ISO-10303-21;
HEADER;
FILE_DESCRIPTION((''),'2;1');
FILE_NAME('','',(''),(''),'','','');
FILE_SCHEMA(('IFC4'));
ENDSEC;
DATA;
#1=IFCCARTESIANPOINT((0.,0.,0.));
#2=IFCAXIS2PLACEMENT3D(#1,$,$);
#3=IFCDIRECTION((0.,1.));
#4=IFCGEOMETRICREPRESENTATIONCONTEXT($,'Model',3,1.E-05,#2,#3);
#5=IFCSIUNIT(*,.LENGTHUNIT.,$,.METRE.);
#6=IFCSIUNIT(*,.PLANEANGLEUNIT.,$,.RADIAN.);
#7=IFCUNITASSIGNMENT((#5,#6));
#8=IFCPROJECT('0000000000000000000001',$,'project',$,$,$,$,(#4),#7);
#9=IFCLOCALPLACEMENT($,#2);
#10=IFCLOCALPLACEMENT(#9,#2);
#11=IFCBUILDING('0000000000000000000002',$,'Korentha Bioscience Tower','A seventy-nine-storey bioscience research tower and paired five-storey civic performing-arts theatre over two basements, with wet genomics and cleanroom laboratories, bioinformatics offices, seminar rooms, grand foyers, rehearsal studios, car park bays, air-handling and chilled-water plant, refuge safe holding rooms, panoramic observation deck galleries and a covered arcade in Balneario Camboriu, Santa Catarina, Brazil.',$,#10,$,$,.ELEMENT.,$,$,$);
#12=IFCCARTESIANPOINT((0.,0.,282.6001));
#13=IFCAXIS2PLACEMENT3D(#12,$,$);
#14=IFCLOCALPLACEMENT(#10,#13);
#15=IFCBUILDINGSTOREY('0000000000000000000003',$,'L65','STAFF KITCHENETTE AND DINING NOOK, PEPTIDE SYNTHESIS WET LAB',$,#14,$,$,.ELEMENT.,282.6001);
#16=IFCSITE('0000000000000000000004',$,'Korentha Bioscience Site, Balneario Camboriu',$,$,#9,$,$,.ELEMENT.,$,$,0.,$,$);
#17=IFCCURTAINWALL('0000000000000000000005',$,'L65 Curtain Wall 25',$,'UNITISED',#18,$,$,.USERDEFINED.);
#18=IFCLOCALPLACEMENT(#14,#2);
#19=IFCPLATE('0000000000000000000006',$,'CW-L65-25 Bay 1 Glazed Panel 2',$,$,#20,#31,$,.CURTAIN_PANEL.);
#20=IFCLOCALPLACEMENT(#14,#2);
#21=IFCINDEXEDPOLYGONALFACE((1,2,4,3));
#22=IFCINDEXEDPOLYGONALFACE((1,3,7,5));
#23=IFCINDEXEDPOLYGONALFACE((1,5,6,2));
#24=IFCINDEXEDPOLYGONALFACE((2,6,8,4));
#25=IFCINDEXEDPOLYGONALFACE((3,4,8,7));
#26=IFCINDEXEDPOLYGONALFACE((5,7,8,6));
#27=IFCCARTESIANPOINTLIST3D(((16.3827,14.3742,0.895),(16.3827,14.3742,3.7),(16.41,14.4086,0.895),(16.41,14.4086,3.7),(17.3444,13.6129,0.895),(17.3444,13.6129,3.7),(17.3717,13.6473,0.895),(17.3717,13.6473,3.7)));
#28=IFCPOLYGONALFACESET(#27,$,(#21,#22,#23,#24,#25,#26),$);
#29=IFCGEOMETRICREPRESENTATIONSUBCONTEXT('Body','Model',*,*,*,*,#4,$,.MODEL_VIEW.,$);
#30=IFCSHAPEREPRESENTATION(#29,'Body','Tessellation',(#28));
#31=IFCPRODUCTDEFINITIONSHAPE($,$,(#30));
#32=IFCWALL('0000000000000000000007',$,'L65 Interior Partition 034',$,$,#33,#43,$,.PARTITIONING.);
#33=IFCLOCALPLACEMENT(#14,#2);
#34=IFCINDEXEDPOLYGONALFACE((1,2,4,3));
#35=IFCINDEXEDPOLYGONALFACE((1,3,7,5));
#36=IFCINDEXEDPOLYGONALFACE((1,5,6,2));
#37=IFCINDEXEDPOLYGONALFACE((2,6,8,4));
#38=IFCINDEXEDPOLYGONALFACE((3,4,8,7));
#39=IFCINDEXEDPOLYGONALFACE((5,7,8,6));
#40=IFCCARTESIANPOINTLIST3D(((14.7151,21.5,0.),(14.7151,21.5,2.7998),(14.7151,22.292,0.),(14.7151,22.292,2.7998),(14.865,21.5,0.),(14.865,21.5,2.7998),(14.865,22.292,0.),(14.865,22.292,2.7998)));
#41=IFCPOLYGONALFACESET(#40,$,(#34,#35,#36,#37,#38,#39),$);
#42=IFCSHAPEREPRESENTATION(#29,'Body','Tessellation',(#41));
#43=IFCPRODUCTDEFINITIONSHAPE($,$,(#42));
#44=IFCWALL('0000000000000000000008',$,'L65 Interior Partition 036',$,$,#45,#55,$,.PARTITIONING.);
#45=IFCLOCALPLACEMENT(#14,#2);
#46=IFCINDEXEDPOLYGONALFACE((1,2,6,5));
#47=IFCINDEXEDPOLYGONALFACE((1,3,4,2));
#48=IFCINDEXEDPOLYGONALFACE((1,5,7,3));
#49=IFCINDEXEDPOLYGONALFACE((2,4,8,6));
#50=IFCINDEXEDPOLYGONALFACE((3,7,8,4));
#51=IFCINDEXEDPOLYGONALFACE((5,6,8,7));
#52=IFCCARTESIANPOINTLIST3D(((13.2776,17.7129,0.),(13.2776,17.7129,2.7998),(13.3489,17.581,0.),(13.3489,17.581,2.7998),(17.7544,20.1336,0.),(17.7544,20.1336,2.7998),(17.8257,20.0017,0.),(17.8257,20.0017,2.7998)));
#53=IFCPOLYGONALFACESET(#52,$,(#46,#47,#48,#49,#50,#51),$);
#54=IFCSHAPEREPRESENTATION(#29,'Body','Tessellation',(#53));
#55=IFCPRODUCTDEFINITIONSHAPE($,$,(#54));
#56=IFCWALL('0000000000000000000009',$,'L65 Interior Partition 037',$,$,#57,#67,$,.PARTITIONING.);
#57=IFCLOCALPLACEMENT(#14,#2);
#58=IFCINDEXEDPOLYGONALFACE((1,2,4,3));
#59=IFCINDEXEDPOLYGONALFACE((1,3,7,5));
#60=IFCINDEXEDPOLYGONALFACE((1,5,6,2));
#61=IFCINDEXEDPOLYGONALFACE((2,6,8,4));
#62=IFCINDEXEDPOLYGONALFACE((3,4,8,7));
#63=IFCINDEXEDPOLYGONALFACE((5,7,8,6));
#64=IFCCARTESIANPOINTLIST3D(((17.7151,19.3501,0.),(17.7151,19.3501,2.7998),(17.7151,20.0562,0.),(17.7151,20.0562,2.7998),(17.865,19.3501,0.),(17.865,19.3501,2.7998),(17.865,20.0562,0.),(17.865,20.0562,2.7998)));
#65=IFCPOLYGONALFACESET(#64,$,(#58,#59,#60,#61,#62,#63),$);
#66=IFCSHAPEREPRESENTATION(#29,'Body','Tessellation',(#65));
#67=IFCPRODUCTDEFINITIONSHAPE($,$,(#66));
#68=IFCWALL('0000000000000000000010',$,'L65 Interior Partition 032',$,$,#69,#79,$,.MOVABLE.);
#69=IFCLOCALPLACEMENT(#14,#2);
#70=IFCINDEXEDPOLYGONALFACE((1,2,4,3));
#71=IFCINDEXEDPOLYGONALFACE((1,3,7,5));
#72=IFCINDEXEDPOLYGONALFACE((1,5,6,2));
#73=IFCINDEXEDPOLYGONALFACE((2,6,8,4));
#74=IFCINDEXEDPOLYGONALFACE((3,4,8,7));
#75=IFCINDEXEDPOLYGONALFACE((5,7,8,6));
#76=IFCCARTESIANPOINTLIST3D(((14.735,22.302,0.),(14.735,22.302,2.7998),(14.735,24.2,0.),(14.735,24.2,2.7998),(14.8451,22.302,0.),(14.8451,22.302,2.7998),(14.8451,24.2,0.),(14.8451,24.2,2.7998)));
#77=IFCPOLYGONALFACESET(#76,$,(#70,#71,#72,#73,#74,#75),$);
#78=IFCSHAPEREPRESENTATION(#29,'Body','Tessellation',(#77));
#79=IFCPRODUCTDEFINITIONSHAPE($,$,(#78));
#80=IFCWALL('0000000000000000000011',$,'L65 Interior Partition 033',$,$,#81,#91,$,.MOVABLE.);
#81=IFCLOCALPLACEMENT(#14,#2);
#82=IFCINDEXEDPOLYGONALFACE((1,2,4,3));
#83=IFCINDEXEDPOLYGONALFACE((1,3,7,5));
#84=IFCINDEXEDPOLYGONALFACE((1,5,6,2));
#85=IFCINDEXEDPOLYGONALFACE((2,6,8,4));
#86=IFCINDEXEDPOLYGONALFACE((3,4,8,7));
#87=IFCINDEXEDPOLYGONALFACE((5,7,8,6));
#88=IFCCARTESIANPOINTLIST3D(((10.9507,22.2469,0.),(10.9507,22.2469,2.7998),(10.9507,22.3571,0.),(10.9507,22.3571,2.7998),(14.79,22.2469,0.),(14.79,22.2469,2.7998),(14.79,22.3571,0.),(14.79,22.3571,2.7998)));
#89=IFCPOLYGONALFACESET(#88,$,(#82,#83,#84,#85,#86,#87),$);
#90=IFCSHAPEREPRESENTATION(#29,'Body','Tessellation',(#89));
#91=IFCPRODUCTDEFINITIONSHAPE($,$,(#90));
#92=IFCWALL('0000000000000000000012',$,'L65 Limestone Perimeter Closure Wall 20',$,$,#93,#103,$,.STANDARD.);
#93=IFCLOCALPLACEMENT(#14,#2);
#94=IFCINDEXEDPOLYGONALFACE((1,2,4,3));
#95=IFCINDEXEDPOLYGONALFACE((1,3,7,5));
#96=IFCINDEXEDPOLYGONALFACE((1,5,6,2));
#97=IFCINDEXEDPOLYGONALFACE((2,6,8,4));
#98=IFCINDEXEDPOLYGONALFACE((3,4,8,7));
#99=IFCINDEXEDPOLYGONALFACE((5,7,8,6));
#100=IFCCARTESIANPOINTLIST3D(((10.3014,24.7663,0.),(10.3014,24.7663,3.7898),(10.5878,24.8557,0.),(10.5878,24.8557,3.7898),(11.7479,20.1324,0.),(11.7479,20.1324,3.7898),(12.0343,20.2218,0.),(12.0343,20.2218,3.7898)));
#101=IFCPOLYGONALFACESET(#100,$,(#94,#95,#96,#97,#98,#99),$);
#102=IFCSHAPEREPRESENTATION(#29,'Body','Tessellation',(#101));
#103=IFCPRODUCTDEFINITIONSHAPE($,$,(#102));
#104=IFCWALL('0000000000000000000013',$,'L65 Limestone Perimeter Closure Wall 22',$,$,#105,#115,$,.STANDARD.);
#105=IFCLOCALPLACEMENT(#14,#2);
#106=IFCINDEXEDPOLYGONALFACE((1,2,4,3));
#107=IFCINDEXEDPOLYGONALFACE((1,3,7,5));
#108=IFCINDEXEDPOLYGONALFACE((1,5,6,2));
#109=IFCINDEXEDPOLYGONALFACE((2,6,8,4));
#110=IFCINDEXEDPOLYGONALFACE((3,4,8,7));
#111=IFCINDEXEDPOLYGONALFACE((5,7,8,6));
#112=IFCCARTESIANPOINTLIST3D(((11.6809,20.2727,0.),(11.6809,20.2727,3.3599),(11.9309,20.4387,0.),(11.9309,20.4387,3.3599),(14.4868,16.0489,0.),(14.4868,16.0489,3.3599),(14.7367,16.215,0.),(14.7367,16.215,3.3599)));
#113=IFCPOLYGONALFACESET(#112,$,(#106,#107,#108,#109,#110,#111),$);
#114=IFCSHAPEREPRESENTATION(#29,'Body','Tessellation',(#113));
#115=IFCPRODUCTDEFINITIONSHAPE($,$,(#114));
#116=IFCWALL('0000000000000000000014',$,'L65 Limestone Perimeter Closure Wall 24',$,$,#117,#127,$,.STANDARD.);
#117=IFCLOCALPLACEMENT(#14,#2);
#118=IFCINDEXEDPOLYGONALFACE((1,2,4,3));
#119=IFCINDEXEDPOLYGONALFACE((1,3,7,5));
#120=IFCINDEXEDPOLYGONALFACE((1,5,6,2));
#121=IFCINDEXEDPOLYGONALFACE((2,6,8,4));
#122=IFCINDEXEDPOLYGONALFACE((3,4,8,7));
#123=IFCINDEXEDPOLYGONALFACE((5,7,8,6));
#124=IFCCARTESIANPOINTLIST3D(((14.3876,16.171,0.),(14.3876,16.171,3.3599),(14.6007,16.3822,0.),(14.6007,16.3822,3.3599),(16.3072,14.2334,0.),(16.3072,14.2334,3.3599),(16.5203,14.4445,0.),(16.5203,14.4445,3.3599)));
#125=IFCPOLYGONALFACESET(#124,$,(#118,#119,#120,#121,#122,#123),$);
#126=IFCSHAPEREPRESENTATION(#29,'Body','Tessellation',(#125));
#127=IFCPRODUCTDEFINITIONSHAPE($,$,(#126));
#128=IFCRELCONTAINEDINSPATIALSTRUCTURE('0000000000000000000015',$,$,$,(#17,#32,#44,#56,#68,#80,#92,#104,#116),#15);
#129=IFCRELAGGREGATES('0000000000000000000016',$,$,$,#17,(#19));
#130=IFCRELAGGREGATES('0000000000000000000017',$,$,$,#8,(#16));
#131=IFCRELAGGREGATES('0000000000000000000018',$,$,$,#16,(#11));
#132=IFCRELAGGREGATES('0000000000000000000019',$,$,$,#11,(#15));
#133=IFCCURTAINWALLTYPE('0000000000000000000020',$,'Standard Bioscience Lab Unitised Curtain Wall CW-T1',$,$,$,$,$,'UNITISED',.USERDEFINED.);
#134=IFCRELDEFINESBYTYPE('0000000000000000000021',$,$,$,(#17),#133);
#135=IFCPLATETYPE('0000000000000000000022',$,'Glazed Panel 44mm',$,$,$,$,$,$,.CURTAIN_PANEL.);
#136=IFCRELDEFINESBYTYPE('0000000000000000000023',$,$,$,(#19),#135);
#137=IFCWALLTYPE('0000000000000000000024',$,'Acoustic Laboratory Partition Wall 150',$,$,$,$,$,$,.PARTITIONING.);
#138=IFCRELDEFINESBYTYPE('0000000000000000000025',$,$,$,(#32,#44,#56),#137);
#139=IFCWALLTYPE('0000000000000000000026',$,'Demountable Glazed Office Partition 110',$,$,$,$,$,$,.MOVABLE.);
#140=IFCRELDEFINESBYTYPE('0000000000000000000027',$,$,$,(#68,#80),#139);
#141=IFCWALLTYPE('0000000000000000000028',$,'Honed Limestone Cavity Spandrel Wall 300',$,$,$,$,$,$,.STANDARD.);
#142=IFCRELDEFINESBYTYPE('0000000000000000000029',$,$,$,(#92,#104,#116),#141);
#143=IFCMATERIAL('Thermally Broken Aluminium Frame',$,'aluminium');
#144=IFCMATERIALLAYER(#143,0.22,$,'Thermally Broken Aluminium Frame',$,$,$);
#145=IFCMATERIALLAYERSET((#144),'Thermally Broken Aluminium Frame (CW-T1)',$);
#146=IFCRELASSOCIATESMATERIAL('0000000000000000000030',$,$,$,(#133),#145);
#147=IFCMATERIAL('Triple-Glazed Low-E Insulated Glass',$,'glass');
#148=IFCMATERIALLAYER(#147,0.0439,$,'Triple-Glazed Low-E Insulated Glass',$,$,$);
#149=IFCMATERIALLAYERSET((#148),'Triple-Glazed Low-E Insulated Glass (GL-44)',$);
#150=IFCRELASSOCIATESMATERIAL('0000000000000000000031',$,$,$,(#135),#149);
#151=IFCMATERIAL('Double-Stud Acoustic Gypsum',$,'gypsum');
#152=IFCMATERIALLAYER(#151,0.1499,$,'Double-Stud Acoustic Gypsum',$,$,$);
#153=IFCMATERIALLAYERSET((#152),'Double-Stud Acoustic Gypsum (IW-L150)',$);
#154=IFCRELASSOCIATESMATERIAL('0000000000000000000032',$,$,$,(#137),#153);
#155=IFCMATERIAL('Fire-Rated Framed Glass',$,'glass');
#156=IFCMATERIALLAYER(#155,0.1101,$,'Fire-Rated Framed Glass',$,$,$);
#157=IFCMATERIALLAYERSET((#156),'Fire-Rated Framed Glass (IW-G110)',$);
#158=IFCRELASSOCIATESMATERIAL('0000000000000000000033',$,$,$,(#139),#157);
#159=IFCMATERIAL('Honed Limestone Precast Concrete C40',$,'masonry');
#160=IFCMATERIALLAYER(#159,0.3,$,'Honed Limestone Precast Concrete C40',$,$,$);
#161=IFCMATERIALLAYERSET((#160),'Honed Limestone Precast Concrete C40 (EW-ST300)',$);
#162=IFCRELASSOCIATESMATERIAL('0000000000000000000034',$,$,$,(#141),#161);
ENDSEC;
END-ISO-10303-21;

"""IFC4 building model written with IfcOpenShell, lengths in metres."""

from ifc_helpers import new_model, si_unit, direction, frame, frame_2d, origin, origin_2d, place, context, subcontext, project, spatial, rectangle, extrude, material, layer, layer_set, type_object, element, aggregate, save


model = new_model("IFC4")

# Units and contexts
model_context = context("Model", 3, precision=1e-05, world=origin(), true_north=direction((0.0, 1.0)))
body_context = subcontext(model_context, "Body", "Model", "MODEL_VIEW")
ifc_project = project(units=[si_unit("LENGTHUNIT", "METRE"), si_unit("PLANEANGLEUNIT", "RADIAN")], contexts=[model_context])

# Site, building, storey
site_placement = place(None, origin())
site = spatial("IfcSite", under=ifc_project, at=site_placement, Name="Korentha Bioscience Site, Balneario Camboriu", CompositionType="ELEMENT", RefElevation=0.0)
building_placement = place(site_placement, origin())
building = spatial("IfcBuilding", under=site, at=building_placement, Name="Korentha Bioscience Tower", Description="A seventy-nine-storey bioscience research tower and paired five-storey civic performing-arts theatre over two basements, with wet genomics and cleanroom laboratories, bioinformatics offices, seminar rooms, grand foyers, rehearsal studios, car park bays, air-handling and chilled-water plant, refuge safe holding rooms, panoramic observation deck galleries and a covered arcade in Balneario Camboriu, Santa Catarina, Brazil.", CompositionType="ELEMENT")
storey_placement = place(building_placement, frame((0.0, 0.0, 282.6001)))
storey = spatial("IfcBuildingStorey", under=building, at=storey_placement, Name="L65", Description="STAFF KITCHENETTE AND DINING NOOK, PEPTIDE SYNTHESIS WET LAB", CompositionType="ELEMENT", Elevation=282.6001)

# Shared definitions
ifc_material_1 = material(Name="Thermally Broken Aluminium Frame", Category="aluminium")
ifc_layer_1 = layer(ifc_material_1, 0.22, Name="Thermally Broken Aluminium Frame")
ifc_layer_set_1 = layer_set([ifc_layer_1], Name="Thermally Broken Aluminium Frame (CW-T1)")
curtain_wall_type = type_object("IfcCurtainWallType", Name="Standard Bioscience Lab Unitised Curtain Wall CW-T1", ElementType="UNITISED", PredefinedType="USERDEFINED", material=ifc_layer_set_1)

# Curtain wall
curtain_wall_1_placement = place(storey_placement, origin())
curtain_wall_1 = element("IfcCurtainWall", 1, at=curtain_wall_1_placement, inside=storey, type_object=curtain_wall_type, Name="L65 Curtain Wall 25", ObjectType="UNITISED", PredefinedType="USERDEFINED")

# Plate
ifc_material_2 = material(Name="Triple-Glazed Low-E Insulated Glass", Category="glass")
ifc_layer_2 = layer(ifc_material_2, 0.0439, Name="Triple-Glazed Low-E Insulated Glass")
ifc_layer_set_2 = layer_set([ifc_layer_2], Name="Triple-Glazed Low-E Insulated Glass (GL-44)")
plate_type = type_object("IfcPlateType", Name="Glazed Panel 44mm", PredefinedType="CURTAIN_PANEL", material=ifc_layer_set_2)
plate_1_placement = place(storey_placement, frame((16.8772, 14.0107, 0.895), z_axis=(0.0, 0.0, 1.0), x_axis=(0.784076, -0.620665, 0.0)))
plate_1 = element("IfcPlate", 2, at=plate_1_placement, type_object=plate_type, Name="CW-L65-25 Bay 1 Glazed Panel 2", PredefinedType="CURTAIN_PANEL", context=body_context, shape_type="SweptSolid", body=[
    extrude(rectangle(XDim=1.2266, YDim=0.0439, at=origin_2d()), origin(), (0.0, 0.0, 1.0), 2.8049),
])
aggregate(curtain_wall_1, [plate_1])

# Shared definitions
ifc_material_3 = material(Name="Double-Stud Acoustic Gypsum", Category="gypsum")
ifc_layer_3 = layer(ifc_material_3, 0.1499, Name="Double-Stud Acoustic Gypsum")
ifc_layer_set_3 = layer_set([ifc_layer_3], Name="Double-Stud Acoustic Gypsum (IW-L150)")
wall_type_1 = type_object("IfcWallType", Name="Acoustic Laboratory Partition Wall 150", PredefinedType="PARTITIONING", material=ifc_layer_set_3)

# Walls
wall_1_placement = place(storey_placement, frame((14.79, 22.292, 0.0), z_axis=(0.0, 0.0, 1.0), x_axis=(0.0, -1.0, 0.0)))
element("IfcWall", 3, at=wall_1_placement, inside=storey, type_object=wall_type_1, Name="L65 Interior Partition 034", PredefinedType="PARTITIONING", context=body_context, shape_type="SweptSolid", body=[
    extrude(rectangle(XDim=0.792, YDim=0.1499, at=frame_2d((0.396, 0.0))), origin(), (0.0, 0.0, 1.0), 2.7998),
])
wall_2_placement = place(storey_placement, frame((17.79, 20.0676, 0.0), z_axis=(0.0, 0.0, 1.0), x_axis=(-0.879644, -0.475632, 0.0)))
element("IfcWall", 4, at=wall_2_placement, inside=storey, type_object=wall_type_1, Name="L65 Interior Partition 036", PredefinedType="PARTITIONING", context=body_context, shape_type="SweptSolid", body=[
    extrude(rectangle(XDim=5.0894, YDim=0.1499, at=frame_2d((2.5447, 0.0))), origin(), (0.0, 0.0, 1.0), 2.7998),
])
wall_3_placement = place(storey_placement, frame((17.79, 20.0562, 0.0), z_axis=(0.0, 0.0, 1.0), x_axis=(0.0, -1.0, 0.0)))
element("IfcWall", 5, at=wall_3_placement, inside=storey, type_object=wall_type_1, Name="L65 Interior Partition 037", PredefinedType="PARTITIONING", context=body_context, shape_type="SweptSolid", body=[
    extrude(rectangle(XDim=0.7061, YDim=0.1499, at=frame_2d((0.353, 0.0))), origin(), (0.0, 0.0, 1.0), 2.7998),
])
ifc_material_4 = material(Name="Fire-Rated Framed Glass", Category="glass")
ifc_layer_4 = layer(ifc_material_4, 0.1101, Name="Fire-Rated Framed Glass")
ifc_layer_set_4 = layer_set([ifc_layer_4], Name="Fire-Rated Framed Glass (IW-G110)")
wall_type_2 = type_object("IfcWallType", Name="Demountable Glazed Office Partition 110", PredefinedType="MOVABLE", material=ifc_layer_set_4)
wall_4_placement = place(storey_placement, frame((14.79, 24.2, 0.0), z_axis=(0.0, 0.0, 1.0), x_axis=(0.0, -1.0, 0.0)))
element("IfcWall", 6, at=wall_4_placement, inside=storey, type_object=wall_type_2, Name="L65 Interior Partition 032", PredefinedType="MOVABLE", context=body_context, shape_type="SweptSolid", body=[
    extrude(rectangle(XDim=1.8979, YDim=0.1101, at=frame_2d((0.949, 0.0))), origin(), (0.0, 0.0, 1.0), 2.7998),
])
wall_5_placement = place(storey_placement, frame((14.79, 22.302, 0.0), z_axis=(0.0, 0.0, 1.0), x_axis=(-1.0, 0.0, 0.0)))
element("IfcWall", 7, at=wall_5_placement, inside=storey, type_object=wall_type_2, Name="L65 Interior Partition 033", PredefinedType="MOVABLE", context=body_context, shape_type="SweptSolid", body=[
    extrude(rectangle(XDim=3.8394, YDim=0.1101, at=frame_2d((1.9197, 0.0))), origin(), (0.0, 0.0, 1.0), 2.7998),
])
ifc_material_5 = material(Name="Honed Limestone Precast Concrete C40", Category="masonry")
ifc_layer_5 = layer(ifc_material_5, 0.3, Name="Honed Limestone Precast Concrete C40")
ifc_layer_set_5 = layer_set([ifc_layer_5], Name="Honed Limestone Precast Concrete C40 (EW-ST300)")
wall_type_3 = type_object("IfcWallType", Name="Honed Limestone Cavity Spandrel Wall 300", PredefinedType="STANDARD", material=ifc_layer_set_5)
wall_6_placement = place(storey_placement, frame((10.4446, 24.811, 0.0), z_axis=(0.0, 0.0, 1.0), x_axis=(0.297974, -0.954574, 0.0)))
element("IfcWall", 8, at=wall_6_placement, inside=storey, type_object=wall_type_3, Name="L65 Limestone Perimeter Closure Wall 20", PredefinedType="STANDARD", context=body_context, shape_type="SweptSolid", body=[
    extrude(rectangle(XDim=4.8545, YDim=0.3, at=frame_2d((2.4272, 0.0))), origin(), (0.0, 0.0, 1.0), 3.7898),
])
wall_7_placement = place(storey_placement, frame((11.8059, 20.3557, 0.0), z_axis=(0.0, 0.0, 1.0), x_axis=(0.553333, -0.83296, 0.0)))
element("IfcWall", 9, at=wall_7_placement, inside=storey, type_object=wall_type_3, Name="L65 Limestone Perimeter Closure Wall 22", PredefinedType="STANDARD", context=body_context, shape_type="SweptSolid", body=[
    extrude(rectangle(XDim=5.0708, YDim=0.3, at=frame_2d((2.5354, 0.0))), origin(), (0.0, 0.0, 1.0), 3.3599),
])
wall_8_placement = place(storey_placement, frame((14.4941, 16.2766, 0.0), z_axis=(0.0, 0.0, 1.0), x_axis=(0.703787, -0.710411, 0.0)))
element("IfcWall", 10, at=wall_8_placement, inside=storey, type_object=wall_type_3, Name="L65 Limestone Perimeter Closure Wall 24", PredefinedType="STANDARD", context=body_context, shape_type="SweptSolid", body=[
    extrude(rectangle(XDim=2.7275, YDim=0.3, at=frame_2d((1.3638, 0.0))), origin(), (0.0, 0.0, 1.0), 3.3599),
])

save(model, "model.ifc")
